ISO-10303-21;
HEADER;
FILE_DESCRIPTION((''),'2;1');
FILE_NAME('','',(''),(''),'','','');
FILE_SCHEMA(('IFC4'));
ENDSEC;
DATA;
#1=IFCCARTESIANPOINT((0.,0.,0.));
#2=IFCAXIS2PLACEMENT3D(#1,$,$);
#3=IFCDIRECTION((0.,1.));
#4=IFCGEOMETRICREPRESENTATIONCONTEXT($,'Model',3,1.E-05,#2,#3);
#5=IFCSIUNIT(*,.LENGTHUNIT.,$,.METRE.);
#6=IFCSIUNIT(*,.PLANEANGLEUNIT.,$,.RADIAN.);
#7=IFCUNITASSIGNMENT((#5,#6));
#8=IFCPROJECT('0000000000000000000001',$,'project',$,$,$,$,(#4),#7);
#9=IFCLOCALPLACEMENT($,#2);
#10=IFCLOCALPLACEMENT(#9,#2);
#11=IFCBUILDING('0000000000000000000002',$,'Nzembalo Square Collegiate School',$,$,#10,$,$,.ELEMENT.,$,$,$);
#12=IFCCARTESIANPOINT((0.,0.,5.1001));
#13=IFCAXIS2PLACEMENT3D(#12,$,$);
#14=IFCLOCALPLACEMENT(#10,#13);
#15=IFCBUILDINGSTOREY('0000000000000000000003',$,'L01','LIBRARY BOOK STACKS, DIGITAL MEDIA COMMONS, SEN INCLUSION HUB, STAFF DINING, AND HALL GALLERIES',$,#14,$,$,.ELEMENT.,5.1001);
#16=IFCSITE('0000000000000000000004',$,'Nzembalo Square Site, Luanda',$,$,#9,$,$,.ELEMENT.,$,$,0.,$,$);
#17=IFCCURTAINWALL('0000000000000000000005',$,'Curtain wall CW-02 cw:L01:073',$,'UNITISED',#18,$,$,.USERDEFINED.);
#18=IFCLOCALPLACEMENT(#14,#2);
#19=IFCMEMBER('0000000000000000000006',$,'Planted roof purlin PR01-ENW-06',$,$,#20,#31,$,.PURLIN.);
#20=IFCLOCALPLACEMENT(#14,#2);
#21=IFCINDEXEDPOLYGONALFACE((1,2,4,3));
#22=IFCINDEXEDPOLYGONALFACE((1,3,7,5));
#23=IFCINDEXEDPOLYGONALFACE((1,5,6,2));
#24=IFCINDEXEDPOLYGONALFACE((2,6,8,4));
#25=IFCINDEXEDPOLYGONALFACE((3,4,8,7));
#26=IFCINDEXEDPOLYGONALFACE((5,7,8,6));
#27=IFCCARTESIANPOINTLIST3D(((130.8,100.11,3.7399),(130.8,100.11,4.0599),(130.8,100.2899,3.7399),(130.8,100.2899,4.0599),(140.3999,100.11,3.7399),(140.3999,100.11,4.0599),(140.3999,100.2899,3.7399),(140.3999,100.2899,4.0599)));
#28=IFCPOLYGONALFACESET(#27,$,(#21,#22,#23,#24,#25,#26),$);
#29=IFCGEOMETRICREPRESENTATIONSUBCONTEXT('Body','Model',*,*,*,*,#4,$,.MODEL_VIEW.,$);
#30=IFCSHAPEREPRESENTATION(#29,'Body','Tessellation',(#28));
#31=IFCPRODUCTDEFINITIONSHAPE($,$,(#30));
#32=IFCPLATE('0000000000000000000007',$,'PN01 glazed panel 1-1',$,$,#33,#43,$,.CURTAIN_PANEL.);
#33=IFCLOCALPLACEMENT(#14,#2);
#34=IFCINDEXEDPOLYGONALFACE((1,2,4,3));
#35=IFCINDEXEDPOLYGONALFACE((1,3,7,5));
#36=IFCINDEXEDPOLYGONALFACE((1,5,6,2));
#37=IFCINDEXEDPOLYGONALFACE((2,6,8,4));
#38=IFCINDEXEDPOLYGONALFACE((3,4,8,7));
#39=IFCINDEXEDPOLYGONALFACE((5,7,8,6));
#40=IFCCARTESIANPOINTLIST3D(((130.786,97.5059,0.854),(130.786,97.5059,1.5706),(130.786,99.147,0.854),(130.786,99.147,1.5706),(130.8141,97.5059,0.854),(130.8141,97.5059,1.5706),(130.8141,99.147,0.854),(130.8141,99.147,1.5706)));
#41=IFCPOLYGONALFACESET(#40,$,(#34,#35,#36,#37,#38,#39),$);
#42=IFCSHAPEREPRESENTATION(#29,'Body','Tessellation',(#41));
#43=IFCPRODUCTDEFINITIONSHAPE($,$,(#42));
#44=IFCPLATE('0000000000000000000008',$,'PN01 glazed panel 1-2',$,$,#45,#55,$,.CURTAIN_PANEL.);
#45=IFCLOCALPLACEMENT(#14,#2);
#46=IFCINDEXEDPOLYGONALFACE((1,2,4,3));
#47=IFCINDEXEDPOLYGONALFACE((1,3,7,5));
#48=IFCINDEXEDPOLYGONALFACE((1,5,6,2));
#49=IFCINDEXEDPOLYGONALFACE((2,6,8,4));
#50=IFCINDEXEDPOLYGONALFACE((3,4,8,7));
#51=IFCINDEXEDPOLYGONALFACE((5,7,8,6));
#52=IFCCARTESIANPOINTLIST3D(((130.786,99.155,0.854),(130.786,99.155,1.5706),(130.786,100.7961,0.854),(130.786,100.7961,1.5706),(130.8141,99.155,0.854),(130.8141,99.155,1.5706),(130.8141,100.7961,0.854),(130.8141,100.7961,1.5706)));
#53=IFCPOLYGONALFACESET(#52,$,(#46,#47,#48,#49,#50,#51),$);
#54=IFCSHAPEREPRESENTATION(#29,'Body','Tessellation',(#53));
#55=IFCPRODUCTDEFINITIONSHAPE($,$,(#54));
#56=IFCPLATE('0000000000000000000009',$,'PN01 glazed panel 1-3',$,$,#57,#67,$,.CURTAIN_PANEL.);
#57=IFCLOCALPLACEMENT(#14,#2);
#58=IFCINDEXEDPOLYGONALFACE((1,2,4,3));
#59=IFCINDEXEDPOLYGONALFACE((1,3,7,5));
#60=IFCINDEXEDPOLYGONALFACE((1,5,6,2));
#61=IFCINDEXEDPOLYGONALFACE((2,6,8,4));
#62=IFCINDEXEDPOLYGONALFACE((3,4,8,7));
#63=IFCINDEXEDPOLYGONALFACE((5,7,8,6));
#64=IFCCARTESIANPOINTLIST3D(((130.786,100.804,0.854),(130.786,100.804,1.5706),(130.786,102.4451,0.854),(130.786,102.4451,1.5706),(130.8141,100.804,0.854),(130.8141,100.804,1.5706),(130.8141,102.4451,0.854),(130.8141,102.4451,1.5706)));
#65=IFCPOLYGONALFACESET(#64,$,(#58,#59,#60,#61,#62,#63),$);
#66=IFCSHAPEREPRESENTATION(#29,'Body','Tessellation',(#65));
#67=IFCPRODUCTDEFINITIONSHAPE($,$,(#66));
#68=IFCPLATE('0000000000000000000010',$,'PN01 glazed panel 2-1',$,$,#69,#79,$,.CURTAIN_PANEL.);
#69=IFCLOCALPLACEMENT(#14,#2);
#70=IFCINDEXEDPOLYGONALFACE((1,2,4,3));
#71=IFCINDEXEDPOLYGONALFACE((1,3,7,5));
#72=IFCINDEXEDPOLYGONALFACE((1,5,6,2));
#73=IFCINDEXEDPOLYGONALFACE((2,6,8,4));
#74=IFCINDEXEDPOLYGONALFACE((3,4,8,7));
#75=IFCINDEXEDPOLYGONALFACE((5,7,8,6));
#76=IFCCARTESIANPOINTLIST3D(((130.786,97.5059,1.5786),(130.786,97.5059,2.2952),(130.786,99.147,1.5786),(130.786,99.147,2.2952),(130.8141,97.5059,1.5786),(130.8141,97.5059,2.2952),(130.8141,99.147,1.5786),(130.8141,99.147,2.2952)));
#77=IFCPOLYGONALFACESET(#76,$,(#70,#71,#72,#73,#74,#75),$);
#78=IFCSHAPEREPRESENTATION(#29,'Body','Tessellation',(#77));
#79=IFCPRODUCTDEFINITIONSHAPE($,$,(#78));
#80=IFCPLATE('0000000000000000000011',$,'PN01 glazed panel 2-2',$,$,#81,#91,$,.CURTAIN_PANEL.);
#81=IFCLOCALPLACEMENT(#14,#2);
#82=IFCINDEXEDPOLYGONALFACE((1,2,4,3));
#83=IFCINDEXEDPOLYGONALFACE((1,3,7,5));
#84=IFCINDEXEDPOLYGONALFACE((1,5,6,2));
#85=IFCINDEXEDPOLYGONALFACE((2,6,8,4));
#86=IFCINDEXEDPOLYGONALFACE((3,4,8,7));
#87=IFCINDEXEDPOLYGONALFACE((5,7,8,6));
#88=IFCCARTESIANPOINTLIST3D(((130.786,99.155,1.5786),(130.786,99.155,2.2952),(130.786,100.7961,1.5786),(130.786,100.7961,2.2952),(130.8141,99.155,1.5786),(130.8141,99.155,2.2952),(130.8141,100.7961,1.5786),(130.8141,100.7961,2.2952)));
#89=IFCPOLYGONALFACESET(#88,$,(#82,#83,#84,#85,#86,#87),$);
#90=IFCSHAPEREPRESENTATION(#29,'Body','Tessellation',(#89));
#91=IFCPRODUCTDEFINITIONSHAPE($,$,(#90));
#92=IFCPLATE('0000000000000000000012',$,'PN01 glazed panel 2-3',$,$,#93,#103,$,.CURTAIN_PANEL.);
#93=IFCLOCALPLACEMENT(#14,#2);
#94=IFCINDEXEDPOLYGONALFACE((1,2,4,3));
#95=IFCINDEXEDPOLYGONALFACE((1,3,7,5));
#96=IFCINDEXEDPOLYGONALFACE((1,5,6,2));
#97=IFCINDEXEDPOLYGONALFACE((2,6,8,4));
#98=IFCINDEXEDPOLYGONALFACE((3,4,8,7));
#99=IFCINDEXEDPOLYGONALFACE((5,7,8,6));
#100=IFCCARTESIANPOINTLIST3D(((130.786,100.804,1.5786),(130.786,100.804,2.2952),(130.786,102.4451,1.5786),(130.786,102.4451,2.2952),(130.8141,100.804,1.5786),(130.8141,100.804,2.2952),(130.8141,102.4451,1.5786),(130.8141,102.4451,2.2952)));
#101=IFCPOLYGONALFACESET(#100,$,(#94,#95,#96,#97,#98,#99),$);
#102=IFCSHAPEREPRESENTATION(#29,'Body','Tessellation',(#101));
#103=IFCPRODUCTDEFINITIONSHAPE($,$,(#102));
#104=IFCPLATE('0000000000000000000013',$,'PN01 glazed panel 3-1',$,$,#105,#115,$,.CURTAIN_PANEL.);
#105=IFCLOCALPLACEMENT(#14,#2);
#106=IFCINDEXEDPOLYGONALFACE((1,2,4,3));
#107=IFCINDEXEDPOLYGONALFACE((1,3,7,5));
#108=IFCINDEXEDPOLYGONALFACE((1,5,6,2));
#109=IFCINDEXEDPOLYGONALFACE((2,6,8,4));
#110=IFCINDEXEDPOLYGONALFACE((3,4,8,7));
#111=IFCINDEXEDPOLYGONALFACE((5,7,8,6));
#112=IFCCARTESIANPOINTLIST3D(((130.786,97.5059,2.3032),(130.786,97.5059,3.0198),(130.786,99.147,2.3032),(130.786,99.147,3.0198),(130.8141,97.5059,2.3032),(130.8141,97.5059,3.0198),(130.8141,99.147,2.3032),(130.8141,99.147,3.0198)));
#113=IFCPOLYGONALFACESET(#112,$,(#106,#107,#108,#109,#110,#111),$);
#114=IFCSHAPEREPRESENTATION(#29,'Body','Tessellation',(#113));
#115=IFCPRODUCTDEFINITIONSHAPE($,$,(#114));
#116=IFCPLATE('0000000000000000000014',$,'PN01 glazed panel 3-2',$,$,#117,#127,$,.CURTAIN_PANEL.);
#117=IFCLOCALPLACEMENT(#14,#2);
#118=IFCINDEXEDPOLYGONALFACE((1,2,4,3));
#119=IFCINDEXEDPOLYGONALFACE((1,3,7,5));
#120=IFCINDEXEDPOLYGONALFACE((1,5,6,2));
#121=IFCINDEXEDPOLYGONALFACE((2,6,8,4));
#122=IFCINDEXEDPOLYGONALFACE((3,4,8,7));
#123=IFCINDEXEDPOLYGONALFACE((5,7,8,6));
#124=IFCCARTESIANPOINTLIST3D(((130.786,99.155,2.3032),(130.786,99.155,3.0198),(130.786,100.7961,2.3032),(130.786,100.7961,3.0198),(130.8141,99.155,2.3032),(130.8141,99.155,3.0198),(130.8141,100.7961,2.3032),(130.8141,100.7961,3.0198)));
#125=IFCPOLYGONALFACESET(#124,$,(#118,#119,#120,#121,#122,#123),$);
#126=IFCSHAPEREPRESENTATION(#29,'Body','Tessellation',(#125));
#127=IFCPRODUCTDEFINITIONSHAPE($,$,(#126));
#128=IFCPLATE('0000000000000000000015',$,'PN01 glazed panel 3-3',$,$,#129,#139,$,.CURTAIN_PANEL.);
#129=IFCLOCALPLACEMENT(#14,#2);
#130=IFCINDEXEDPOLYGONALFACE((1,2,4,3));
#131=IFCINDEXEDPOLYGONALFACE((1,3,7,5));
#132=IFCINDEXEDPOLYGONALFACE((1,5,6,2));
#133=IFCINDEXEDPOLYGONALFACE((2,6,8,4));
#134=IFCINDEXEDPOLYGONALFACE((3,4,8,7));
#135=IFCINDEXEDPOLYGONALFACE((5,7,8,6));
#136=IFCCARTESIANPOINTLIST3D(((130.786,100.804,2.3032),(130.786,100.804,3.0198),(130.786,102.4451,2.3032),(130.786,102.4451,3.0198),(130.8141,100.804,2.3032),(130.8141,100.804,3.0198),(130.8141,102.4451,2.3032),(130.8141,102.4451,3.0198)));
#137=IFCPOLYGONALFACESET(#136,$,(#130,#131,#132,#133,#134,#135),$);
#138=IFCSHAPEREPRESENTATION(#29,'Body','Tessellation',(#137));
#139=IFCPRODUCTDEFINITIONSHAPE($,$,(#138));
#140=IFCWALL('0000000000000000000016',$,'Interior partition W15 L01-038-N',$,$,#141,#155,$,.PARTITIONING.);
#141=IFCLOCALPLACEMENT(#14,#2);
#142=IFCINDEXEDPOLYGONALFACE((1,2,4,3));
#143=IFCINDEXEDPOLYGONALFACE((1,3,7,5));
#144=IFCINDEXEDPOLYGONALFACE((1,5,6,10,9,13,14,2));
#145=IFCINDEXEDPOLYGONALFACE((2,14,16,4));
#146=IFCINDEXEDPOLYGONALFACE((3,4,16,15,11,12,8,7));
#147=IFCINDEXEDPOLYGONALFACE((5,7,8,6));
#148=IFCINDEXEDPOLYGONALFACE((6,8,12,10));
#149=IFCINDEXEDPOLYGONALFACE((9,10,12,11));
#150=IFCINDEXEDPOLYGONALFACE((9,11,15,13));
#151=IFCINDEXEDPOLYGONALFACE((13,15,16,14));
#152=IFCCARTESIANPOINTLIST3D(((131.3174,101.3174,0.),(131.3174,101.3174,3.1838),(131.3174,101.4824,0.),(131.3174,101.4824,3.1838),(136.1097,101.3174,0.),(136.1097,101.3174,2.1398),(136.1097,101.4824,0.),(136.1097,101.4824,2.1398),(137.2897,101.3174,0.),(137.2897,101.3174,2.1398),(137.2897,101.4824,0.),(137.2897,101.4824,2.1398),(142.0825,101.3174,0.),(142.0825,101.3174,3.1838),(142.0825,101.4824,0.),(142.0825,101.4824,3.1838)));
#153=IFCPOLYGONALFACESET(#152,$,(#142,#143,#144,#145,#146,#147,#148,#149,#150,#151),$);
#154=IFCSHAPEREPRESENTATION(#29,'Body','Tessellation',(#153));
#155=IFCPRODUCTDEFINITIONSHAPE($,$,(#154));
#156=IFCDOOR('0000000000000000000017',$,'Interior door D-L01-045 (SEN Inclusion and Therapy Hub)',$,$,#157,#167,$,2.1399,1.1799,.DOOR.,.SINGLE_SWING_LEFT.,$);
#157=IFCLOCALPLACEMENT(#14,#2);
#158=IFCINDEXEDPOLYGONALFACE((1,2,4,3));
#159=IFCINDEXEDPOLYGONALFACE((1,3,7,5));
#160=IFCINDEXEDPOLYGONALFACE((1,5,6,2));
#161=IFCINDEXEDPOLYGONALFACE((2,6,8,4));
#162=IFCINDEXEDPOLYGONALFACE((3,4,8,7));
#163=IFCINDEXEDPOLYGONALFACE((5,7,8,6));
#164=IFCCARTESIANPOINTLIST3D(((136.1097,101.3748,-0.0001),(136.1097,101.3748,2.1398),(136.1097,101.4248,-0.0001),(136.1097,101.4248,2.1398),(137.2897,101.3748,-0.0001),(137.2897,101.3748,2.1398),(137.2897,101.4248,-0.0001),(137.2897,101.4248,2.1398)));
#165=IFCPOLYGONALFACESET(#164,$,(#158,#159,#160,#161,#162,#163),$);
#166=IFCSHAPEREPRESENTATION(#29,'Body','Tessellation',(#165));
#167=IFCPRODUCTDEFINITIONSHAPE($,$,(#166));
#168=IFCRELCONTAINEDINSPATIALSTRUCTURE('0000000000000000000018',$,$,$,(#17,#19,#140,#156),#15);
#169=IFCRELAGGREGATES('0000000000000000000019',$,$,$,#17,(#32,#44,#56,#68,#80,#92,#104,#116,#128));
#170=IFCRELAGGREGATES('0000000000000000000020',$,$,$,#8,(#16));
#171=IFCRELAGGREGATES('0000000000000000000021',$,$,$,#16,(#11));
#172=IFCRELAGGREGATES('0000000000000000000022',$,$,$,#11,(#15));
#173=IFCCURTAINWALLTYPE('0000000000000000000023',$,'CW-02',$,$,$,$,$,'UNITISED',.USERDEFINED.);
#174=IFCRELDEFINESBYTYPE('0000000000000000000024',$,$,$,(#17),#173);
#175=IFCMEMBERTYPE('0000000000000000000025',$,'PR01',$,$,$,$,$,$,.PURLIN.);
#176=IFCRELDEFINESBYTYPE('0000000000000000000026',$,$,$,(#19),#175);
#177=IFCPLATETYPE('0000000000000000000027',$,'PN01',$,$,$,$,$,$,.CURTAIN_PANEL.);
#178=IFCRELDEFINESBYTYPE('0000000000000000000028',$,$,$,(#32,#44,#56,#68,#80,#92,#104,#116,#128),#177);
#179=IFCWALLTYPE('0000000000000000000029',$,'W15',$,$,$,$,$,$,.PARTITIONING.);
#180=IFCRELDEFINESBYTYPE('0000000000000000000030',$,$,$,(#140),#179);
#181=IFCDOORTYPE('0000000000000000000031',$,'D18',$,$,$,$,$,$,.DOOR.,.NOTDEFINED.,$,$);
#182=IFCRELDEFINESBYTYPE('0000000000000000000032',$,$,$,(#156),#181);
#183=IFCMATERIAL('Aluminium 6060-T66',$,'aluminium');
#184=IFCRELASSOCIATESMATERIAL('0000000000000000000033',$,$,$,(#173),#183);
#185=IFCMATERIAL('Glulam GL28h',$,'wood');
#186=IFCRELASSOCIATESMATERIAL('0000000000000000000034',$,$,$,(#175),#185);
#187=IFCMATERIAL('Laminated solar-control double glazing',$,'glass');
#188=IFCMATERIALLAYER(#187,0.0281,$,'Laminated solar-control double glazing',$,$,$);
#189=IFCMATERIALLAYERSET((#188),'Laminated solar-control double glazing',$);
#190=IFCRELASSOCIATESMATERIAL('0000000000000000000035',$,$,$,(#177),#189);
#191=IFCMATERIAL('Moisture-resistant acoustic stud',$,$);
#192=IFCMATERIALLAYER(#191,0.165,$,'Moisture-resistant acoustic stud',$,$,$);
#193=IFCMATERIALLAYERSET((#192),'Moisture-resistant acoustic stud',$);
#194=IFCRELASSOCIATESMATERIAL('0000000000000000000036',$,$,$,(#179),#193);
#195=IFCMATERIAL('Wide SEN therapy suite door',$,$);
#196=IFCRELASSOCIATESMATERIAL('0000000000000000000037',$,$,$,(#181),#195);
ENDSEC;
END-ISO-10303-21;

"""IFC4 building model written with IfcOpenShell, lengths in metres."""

from ifc_helpers import new_model, si_unit, direction, frame, frame_2d, origin, origin_2d, place, context, subcontext, project, spatial, rectangle, extrude, material, layer, layer_set, material_profile, profile_set, type_object, element, fill, aggregate, save


model = new_model("IFC4")

# Units and contexts
model_context = context("Model", 3, precision=1e-05, world=origin(), true_north=direction((0.0, 1.0)))
body_context = subcontext(model_context, "Body", "Model", "MODEL_VIEW")
ifc_project = project(units=[si_unit("LENGTHUNIT", "METRE"), si_unit("PLANEANGLEUNIT", "RADIAN")], contexts=[model_context])

# Site, building, storey
site_placement = place(None, origin())
site = spatial("IfcSite", under=ifc_project, at=site_placement, Name="Nzembalo Square Site, Luanda", CompositionType="ELEMENT", RefElevation=0.0)
building_placement = place(site_placement, origin())
building = spatial("IfcBuilding", under=site, at=building_placement, Name="Nzembalo Square Collegiate School", CompositionType="ELEMENT")
storey_placement = place(building_placement, frame((0.0, 0.0, 5.1001)))
storey = spatial("IfcBuildingStorey", under=building, at=storey_placement, Name="L01", Description="LIBRARY BOOK STACKS, DIGITAL MEDIA COMMONS, SEN INCLUSION HUB, STAFF DINING, AND HALL GALLERIES", CompositionType="ELEMENT", Elevation=5.1001)

# Curtain wall
ifc_material_1 = material(Name="Aluminium 6060-T66", Category="aluminium")
curtain_wall_type = type_object("IfcCurtainWallType", Name="CW-02", ElementType="UNITISED", PredefinedType="USERDEFINED", material=ifc_material_1)
curtain_wall_placement = place(storey_placement, origin())
curtain_wall = element("IfcCurtainWall", 1, at=curtain_wall_placement, inside=storey, type_object=curtain_wall_type, Name="Curtain wall CW-02 cw:L01:073", ObjectType="UNITISED", PredefinedType="USERDEFINED")

# Member
ifc_material_2 = material(Name="Glulam GL28h", Category="wood")
ifc_material_profile_1 = material_profile(ifc_material_2, rectangle(XDim=0.1799, YDim=0.3201, at=origin_2d()), Name="GL28h 180x320")
ifc_profile_set_1 = profile_set([ifc_material_profile_1], Name="Glulam GL28h")
member_type_1 = type_object("IfcMemberType", Name="PR01", PredefinedType="PURLIN", material=ifc_profile_set_1)
for number, where, z_axis, x_axis, name in (
    (2, (130.8, 100.2, 3.8999), (1.0, 0.0, 0.0), (0.0, 1.0, 0.0), "Planted roof purlin PR01-ENW-06"),
):
    element("IfcMember", number, at=place(storey_placement, frame(where, z_axis=z_axis, x_axis=x_axis)), inside=storey, type_object=member_type_1, Name=name, PredefinedType="PURLIN", context=body_context, shape_type="SweptSolid", body=[
        extrude(rectangle(XDim=0.1799, YDim=0.3201, at=origin_2d()), origin(), (0.0, 0.0, 1.0), 9.5999),
    ])

# Plates
ifc_material_3 = material(Name="Laminated solar-control double glazing", Category="glass")
ifc_layer_1 = layer(ifc_material_3, 0.0281, Name="Laminated solar-control double glazing")
ifc_layer_set_1 = layer_set([ifc_layer_1], Name="Laminated solar-control double glazing")
plate_type = type_object("IfcPlateType", Name="PN01", PredefinedType="CURTAIN_PANEL", material=ifc_layer_set_1)
plate_1_placement = place(storey_placement, frame((130.8, 98.3264, 0.854), z_axis=(0.0, 0.0, 1.0), x_axis=(0.0, 1.0, 0.0)))
plate_1 = element("IfcPlate", 3, at=plate_1_placement, type_object=plate_type, Name="PN01 glazed panel 1-1", PredefinedType="CURTAIN_PANEL", context=body_context, shape_type="SweptSolid", body=[
    extrude(rectangle(XDim=1.6411, YDim=0.0281, at=origin_2d()), origin(), (0.0, 0.0, 1.0), 0.7166),
])
plate_2_placement = place(storey_placement, frame((130.8, 99.9756, 0.854), z_axis=(0.0, 0.0, 1.0), x_axis=(0.0, 1.0, 0.0)))
plate_2 = element("IfcPlate", 4, at=plate_2_placement, type_object=plate_type, Name="PN01 glazed panel 1-2", PredefinedType="CURTAIN_PANEL", context=body_context, shape_type="SweptSolid", body=[
    extrude(rectangle(XDim=1.6411, YDim=0.0281, at=origin_2d()), origin(), (0.0, 0.0, 1.0), 0.7166),
])
plate_3_placement = place(storey_placement, frame((130.8, 101.6245, 0.854), z_axis=(0.0, 0.0, 1.0), x_axis=(0.0, 1.0, 0.0)))
plate_3 = element("IfcPlate", 5, at=plate_3_placement, type_object=plate_type, Name="PN01 glazed panel 1-3", PredefinedType="CURTAIN_PANEL", context=body_context, shape_type="SweptSolid", body=[
    extrude(rectangle(XDim=1.6411, YDim=0.0281, at=origin_2d()), origin(), (0.0, 0.0, 1.0), 0.7166),
])
plate_4_placement = place(storey_placement, frame((130.8, 98.3264, 1.5786), z_axis=(0.0, 0.0, 1.0), x_axis=(0.0, 1.0, 0.0)))
plate_4 = element("IfcPlate", 6, at=plate_4_placement, type_object=plate_type, Name="PN01 glazed panel 2-1", PredefinedType="CURTAIN_PANEL", context=body_context, shape_type="SweptSolid", body=[
    extrude(rectangle(XDim=1.6411, YDim=0.0281, at=origin_2d()), origin(), (0.0, 0.0, 1.0), 0.7166),
])
plate_5_placement = place(storey_placement, frame((130.8, 99.9756, 1.5786), z_axis=(0.0, 0.0, 1.0), x_axis=(0.0, 1.0, 0.0)))
plate_5 = element("IfcPlate", 7, at=plate_5_placement, type_object=plate_type, Name="PN01 glazed panel 2-2", PredefinedType="CURTAIN_PANEL", context=body_context, shape_type="SweptSolid", body=[
    extrude(rectangle(XDim=1.6411, YDim=0.0281, at=origin_2d()), origin(), (0.0, 0.0, 1.0), 0.7166),
])
plate_6_placement = place(storey_placement, frame((130.8, 101.6245, 1.5786), z_axis=(0.0, 0.0, 1.0), x_axis=(0.0, 1.0, 0.0)))
plate_6 = element("IfcPlate", 8, at=plate_6_placement, type_object=plate_type, Name="PN01 glazed panel 2-3", PredefinedType="CURTAIN_PANEL", context=body_context, shape_type="SweptSolid", body=[
    extrude(rectangle(XDim=1.6411, YDim=0.0281, at=origin_2d()), origin(), (0.0, 0.0, 1.0), 0.7166),
])
plate_7_placement = place(storey_placement, frame((130.8, 98.3264, 2.3032), z_axis=(0.0, 0.0, 1.0), x_axis=(0.0, 1.0, 0.0)))
plate_7 = element("IfcPlate", 9, at=plate_7_placement, type_object=plate_type, Name="PN01 glazed panel 3-1", PredefinedType="CURTAIN_PANEL", context=body_context, shape_type="SweptSolid", body=[
    extrude(rectangle(XDim=1.6411, YDim=0.0281, at=origin_2d()), origin(), (0.0, 0.0, 1.0), 0.7166),
])
plate_8_placement = place(storey_placement, frame((130.8, 99.9756, 2.3032), z_axis=(0.0, 0.0, 1.0), x_axis=(0.0, 1.0, 0.0)))
plate_8 = element("IfcPlate", 10, at=plate_8_placement, type_object=plate_type, Name="PN01 glazed panel 3-2", PredefinedType="CURTAIN_PANEL", context=body_context, shape_type="SweptSolid", body=[
    extrude(rectangle(XDim=1.6411, YDim=0.0281, at=origin_2d()), origin(), (0.0, 0.0, 1.0), 0.7166),
])
plate_9_placement = place(storey_placement, frame((130.8, 101.6245, 2.3032), z_axis=(0.0, 0.0, 1.0), x_axis=(0.0, 1.0, 0.0)))
plate_9 = element("IfcPlate", 11, at=plate_9_placement, type_object=plate_type, Name="PN01 glazed panel 3-3", PredefinedType="CURTAIN_PANEL", context=body_context, shape_type="SweptSolid", body=[
    extrude(rectangle(XDim=1.6411, YDim=0.0281, at=origin_2d()), origin(), (0.0, 0.0, 1.0), 0.7166),
])
aggregate(curtain_wall, [plate_1, plate_2, plate_3, plate_4, plate_5, plate_6, plate_7, plate_8, plate_9])

# Wall, opening, door
ifc_material_4 = material(Name="Moisture-resistant acoustic stud")
ifc_layer_2 = layer(ifc_material_4, 0.165, Name="Moisture-resistant acoustic stud")
ifc_layer_set_2 = layer_set([ifc_layer_2], Name="Moisture-resistant acoustic stud")
wall_type_1 = type_object("IfcWallType", Name="W15", PredefinedType="PARTITIONING", material=ifc_layer_set_2)
wall_1_placement = place(storey_placement, frame((131.3174, 101.3999, 0.0), z_axis=(0.0, 0.0, 1.0), x_axis=(1.0, 0.0, 0.0)))
wall_1 = element("IfcWall", 12, at=wall_1_placement, inside=storey, type_object=wall_type_1, Name="Interior partition W15 L01-038-N", PredefinedType="PARTITIONING", context=body_context, shape_type="SweptSolid", body=[
    extrude(rectangle(XDim=10.7651, YDim=0.165, at=frame_2d((5.3826, 0.0))), origin(), (0.0, 0.0, 1.0), 3.1838),
])
opening_1_placement = place(wall_1_placement, frame((4.7925, 0.0, 0.0)))
opening_1 = element("IfcOpeningElement", 13, at=opening_1_placement, cuts=wall_1, PredefinedType="OPENING", context=body_context, shape_type="SweptSolid", body=[
    extrude(rectangle(XDim=1.1799, YDim=2.1399, at=frame_2d((0.5898, 1.0698))), frame((0.0, 0.0925, 0.0), z_axis=(0.0, -1.0, 0.0), x_axis=(1.0, 0.0, 0.0)), (0.0, 0.0, 1.0), 0.1851),
])
ifc_material_5 = material(Name="Wide SEN therapy suite door")
door_type_1 = type_object("IfcDoorType", Name="D18", OperationType="NOTDEFINED", PredefinedType="DOOR", material=ifc_material_5)
door_1_placement = place(opening_1_placement, origin())
door_1 = element("IfcDoor", 14, at=door_1_placement, inside=storey, type_object=door_type_1, Name="Interior door D-L01-045 (SEN Inclusion and Therapy Hub)", OperationType="SINGLE_SWING_LEFT", OverallHeight=2.1399, OverallWidth=1.1799, PredefinedType="DOOR", context=body_context, shape_type="SweptSolid", body=[
    extrude(rectangle(XDim=1.1799, YDim=2.1399, at=frame_2d((0.5898, 1.0698))), frame((0.0, 0.0249, 0.0), z_axis=(0.0, -1.0, 0.0), x_axis=(1.0, 0.0, 0.0)), (0.0, 0.0, 1.0), 0.05),
])
fill(opening_1, door_1)

save(model, "model.ifc")
